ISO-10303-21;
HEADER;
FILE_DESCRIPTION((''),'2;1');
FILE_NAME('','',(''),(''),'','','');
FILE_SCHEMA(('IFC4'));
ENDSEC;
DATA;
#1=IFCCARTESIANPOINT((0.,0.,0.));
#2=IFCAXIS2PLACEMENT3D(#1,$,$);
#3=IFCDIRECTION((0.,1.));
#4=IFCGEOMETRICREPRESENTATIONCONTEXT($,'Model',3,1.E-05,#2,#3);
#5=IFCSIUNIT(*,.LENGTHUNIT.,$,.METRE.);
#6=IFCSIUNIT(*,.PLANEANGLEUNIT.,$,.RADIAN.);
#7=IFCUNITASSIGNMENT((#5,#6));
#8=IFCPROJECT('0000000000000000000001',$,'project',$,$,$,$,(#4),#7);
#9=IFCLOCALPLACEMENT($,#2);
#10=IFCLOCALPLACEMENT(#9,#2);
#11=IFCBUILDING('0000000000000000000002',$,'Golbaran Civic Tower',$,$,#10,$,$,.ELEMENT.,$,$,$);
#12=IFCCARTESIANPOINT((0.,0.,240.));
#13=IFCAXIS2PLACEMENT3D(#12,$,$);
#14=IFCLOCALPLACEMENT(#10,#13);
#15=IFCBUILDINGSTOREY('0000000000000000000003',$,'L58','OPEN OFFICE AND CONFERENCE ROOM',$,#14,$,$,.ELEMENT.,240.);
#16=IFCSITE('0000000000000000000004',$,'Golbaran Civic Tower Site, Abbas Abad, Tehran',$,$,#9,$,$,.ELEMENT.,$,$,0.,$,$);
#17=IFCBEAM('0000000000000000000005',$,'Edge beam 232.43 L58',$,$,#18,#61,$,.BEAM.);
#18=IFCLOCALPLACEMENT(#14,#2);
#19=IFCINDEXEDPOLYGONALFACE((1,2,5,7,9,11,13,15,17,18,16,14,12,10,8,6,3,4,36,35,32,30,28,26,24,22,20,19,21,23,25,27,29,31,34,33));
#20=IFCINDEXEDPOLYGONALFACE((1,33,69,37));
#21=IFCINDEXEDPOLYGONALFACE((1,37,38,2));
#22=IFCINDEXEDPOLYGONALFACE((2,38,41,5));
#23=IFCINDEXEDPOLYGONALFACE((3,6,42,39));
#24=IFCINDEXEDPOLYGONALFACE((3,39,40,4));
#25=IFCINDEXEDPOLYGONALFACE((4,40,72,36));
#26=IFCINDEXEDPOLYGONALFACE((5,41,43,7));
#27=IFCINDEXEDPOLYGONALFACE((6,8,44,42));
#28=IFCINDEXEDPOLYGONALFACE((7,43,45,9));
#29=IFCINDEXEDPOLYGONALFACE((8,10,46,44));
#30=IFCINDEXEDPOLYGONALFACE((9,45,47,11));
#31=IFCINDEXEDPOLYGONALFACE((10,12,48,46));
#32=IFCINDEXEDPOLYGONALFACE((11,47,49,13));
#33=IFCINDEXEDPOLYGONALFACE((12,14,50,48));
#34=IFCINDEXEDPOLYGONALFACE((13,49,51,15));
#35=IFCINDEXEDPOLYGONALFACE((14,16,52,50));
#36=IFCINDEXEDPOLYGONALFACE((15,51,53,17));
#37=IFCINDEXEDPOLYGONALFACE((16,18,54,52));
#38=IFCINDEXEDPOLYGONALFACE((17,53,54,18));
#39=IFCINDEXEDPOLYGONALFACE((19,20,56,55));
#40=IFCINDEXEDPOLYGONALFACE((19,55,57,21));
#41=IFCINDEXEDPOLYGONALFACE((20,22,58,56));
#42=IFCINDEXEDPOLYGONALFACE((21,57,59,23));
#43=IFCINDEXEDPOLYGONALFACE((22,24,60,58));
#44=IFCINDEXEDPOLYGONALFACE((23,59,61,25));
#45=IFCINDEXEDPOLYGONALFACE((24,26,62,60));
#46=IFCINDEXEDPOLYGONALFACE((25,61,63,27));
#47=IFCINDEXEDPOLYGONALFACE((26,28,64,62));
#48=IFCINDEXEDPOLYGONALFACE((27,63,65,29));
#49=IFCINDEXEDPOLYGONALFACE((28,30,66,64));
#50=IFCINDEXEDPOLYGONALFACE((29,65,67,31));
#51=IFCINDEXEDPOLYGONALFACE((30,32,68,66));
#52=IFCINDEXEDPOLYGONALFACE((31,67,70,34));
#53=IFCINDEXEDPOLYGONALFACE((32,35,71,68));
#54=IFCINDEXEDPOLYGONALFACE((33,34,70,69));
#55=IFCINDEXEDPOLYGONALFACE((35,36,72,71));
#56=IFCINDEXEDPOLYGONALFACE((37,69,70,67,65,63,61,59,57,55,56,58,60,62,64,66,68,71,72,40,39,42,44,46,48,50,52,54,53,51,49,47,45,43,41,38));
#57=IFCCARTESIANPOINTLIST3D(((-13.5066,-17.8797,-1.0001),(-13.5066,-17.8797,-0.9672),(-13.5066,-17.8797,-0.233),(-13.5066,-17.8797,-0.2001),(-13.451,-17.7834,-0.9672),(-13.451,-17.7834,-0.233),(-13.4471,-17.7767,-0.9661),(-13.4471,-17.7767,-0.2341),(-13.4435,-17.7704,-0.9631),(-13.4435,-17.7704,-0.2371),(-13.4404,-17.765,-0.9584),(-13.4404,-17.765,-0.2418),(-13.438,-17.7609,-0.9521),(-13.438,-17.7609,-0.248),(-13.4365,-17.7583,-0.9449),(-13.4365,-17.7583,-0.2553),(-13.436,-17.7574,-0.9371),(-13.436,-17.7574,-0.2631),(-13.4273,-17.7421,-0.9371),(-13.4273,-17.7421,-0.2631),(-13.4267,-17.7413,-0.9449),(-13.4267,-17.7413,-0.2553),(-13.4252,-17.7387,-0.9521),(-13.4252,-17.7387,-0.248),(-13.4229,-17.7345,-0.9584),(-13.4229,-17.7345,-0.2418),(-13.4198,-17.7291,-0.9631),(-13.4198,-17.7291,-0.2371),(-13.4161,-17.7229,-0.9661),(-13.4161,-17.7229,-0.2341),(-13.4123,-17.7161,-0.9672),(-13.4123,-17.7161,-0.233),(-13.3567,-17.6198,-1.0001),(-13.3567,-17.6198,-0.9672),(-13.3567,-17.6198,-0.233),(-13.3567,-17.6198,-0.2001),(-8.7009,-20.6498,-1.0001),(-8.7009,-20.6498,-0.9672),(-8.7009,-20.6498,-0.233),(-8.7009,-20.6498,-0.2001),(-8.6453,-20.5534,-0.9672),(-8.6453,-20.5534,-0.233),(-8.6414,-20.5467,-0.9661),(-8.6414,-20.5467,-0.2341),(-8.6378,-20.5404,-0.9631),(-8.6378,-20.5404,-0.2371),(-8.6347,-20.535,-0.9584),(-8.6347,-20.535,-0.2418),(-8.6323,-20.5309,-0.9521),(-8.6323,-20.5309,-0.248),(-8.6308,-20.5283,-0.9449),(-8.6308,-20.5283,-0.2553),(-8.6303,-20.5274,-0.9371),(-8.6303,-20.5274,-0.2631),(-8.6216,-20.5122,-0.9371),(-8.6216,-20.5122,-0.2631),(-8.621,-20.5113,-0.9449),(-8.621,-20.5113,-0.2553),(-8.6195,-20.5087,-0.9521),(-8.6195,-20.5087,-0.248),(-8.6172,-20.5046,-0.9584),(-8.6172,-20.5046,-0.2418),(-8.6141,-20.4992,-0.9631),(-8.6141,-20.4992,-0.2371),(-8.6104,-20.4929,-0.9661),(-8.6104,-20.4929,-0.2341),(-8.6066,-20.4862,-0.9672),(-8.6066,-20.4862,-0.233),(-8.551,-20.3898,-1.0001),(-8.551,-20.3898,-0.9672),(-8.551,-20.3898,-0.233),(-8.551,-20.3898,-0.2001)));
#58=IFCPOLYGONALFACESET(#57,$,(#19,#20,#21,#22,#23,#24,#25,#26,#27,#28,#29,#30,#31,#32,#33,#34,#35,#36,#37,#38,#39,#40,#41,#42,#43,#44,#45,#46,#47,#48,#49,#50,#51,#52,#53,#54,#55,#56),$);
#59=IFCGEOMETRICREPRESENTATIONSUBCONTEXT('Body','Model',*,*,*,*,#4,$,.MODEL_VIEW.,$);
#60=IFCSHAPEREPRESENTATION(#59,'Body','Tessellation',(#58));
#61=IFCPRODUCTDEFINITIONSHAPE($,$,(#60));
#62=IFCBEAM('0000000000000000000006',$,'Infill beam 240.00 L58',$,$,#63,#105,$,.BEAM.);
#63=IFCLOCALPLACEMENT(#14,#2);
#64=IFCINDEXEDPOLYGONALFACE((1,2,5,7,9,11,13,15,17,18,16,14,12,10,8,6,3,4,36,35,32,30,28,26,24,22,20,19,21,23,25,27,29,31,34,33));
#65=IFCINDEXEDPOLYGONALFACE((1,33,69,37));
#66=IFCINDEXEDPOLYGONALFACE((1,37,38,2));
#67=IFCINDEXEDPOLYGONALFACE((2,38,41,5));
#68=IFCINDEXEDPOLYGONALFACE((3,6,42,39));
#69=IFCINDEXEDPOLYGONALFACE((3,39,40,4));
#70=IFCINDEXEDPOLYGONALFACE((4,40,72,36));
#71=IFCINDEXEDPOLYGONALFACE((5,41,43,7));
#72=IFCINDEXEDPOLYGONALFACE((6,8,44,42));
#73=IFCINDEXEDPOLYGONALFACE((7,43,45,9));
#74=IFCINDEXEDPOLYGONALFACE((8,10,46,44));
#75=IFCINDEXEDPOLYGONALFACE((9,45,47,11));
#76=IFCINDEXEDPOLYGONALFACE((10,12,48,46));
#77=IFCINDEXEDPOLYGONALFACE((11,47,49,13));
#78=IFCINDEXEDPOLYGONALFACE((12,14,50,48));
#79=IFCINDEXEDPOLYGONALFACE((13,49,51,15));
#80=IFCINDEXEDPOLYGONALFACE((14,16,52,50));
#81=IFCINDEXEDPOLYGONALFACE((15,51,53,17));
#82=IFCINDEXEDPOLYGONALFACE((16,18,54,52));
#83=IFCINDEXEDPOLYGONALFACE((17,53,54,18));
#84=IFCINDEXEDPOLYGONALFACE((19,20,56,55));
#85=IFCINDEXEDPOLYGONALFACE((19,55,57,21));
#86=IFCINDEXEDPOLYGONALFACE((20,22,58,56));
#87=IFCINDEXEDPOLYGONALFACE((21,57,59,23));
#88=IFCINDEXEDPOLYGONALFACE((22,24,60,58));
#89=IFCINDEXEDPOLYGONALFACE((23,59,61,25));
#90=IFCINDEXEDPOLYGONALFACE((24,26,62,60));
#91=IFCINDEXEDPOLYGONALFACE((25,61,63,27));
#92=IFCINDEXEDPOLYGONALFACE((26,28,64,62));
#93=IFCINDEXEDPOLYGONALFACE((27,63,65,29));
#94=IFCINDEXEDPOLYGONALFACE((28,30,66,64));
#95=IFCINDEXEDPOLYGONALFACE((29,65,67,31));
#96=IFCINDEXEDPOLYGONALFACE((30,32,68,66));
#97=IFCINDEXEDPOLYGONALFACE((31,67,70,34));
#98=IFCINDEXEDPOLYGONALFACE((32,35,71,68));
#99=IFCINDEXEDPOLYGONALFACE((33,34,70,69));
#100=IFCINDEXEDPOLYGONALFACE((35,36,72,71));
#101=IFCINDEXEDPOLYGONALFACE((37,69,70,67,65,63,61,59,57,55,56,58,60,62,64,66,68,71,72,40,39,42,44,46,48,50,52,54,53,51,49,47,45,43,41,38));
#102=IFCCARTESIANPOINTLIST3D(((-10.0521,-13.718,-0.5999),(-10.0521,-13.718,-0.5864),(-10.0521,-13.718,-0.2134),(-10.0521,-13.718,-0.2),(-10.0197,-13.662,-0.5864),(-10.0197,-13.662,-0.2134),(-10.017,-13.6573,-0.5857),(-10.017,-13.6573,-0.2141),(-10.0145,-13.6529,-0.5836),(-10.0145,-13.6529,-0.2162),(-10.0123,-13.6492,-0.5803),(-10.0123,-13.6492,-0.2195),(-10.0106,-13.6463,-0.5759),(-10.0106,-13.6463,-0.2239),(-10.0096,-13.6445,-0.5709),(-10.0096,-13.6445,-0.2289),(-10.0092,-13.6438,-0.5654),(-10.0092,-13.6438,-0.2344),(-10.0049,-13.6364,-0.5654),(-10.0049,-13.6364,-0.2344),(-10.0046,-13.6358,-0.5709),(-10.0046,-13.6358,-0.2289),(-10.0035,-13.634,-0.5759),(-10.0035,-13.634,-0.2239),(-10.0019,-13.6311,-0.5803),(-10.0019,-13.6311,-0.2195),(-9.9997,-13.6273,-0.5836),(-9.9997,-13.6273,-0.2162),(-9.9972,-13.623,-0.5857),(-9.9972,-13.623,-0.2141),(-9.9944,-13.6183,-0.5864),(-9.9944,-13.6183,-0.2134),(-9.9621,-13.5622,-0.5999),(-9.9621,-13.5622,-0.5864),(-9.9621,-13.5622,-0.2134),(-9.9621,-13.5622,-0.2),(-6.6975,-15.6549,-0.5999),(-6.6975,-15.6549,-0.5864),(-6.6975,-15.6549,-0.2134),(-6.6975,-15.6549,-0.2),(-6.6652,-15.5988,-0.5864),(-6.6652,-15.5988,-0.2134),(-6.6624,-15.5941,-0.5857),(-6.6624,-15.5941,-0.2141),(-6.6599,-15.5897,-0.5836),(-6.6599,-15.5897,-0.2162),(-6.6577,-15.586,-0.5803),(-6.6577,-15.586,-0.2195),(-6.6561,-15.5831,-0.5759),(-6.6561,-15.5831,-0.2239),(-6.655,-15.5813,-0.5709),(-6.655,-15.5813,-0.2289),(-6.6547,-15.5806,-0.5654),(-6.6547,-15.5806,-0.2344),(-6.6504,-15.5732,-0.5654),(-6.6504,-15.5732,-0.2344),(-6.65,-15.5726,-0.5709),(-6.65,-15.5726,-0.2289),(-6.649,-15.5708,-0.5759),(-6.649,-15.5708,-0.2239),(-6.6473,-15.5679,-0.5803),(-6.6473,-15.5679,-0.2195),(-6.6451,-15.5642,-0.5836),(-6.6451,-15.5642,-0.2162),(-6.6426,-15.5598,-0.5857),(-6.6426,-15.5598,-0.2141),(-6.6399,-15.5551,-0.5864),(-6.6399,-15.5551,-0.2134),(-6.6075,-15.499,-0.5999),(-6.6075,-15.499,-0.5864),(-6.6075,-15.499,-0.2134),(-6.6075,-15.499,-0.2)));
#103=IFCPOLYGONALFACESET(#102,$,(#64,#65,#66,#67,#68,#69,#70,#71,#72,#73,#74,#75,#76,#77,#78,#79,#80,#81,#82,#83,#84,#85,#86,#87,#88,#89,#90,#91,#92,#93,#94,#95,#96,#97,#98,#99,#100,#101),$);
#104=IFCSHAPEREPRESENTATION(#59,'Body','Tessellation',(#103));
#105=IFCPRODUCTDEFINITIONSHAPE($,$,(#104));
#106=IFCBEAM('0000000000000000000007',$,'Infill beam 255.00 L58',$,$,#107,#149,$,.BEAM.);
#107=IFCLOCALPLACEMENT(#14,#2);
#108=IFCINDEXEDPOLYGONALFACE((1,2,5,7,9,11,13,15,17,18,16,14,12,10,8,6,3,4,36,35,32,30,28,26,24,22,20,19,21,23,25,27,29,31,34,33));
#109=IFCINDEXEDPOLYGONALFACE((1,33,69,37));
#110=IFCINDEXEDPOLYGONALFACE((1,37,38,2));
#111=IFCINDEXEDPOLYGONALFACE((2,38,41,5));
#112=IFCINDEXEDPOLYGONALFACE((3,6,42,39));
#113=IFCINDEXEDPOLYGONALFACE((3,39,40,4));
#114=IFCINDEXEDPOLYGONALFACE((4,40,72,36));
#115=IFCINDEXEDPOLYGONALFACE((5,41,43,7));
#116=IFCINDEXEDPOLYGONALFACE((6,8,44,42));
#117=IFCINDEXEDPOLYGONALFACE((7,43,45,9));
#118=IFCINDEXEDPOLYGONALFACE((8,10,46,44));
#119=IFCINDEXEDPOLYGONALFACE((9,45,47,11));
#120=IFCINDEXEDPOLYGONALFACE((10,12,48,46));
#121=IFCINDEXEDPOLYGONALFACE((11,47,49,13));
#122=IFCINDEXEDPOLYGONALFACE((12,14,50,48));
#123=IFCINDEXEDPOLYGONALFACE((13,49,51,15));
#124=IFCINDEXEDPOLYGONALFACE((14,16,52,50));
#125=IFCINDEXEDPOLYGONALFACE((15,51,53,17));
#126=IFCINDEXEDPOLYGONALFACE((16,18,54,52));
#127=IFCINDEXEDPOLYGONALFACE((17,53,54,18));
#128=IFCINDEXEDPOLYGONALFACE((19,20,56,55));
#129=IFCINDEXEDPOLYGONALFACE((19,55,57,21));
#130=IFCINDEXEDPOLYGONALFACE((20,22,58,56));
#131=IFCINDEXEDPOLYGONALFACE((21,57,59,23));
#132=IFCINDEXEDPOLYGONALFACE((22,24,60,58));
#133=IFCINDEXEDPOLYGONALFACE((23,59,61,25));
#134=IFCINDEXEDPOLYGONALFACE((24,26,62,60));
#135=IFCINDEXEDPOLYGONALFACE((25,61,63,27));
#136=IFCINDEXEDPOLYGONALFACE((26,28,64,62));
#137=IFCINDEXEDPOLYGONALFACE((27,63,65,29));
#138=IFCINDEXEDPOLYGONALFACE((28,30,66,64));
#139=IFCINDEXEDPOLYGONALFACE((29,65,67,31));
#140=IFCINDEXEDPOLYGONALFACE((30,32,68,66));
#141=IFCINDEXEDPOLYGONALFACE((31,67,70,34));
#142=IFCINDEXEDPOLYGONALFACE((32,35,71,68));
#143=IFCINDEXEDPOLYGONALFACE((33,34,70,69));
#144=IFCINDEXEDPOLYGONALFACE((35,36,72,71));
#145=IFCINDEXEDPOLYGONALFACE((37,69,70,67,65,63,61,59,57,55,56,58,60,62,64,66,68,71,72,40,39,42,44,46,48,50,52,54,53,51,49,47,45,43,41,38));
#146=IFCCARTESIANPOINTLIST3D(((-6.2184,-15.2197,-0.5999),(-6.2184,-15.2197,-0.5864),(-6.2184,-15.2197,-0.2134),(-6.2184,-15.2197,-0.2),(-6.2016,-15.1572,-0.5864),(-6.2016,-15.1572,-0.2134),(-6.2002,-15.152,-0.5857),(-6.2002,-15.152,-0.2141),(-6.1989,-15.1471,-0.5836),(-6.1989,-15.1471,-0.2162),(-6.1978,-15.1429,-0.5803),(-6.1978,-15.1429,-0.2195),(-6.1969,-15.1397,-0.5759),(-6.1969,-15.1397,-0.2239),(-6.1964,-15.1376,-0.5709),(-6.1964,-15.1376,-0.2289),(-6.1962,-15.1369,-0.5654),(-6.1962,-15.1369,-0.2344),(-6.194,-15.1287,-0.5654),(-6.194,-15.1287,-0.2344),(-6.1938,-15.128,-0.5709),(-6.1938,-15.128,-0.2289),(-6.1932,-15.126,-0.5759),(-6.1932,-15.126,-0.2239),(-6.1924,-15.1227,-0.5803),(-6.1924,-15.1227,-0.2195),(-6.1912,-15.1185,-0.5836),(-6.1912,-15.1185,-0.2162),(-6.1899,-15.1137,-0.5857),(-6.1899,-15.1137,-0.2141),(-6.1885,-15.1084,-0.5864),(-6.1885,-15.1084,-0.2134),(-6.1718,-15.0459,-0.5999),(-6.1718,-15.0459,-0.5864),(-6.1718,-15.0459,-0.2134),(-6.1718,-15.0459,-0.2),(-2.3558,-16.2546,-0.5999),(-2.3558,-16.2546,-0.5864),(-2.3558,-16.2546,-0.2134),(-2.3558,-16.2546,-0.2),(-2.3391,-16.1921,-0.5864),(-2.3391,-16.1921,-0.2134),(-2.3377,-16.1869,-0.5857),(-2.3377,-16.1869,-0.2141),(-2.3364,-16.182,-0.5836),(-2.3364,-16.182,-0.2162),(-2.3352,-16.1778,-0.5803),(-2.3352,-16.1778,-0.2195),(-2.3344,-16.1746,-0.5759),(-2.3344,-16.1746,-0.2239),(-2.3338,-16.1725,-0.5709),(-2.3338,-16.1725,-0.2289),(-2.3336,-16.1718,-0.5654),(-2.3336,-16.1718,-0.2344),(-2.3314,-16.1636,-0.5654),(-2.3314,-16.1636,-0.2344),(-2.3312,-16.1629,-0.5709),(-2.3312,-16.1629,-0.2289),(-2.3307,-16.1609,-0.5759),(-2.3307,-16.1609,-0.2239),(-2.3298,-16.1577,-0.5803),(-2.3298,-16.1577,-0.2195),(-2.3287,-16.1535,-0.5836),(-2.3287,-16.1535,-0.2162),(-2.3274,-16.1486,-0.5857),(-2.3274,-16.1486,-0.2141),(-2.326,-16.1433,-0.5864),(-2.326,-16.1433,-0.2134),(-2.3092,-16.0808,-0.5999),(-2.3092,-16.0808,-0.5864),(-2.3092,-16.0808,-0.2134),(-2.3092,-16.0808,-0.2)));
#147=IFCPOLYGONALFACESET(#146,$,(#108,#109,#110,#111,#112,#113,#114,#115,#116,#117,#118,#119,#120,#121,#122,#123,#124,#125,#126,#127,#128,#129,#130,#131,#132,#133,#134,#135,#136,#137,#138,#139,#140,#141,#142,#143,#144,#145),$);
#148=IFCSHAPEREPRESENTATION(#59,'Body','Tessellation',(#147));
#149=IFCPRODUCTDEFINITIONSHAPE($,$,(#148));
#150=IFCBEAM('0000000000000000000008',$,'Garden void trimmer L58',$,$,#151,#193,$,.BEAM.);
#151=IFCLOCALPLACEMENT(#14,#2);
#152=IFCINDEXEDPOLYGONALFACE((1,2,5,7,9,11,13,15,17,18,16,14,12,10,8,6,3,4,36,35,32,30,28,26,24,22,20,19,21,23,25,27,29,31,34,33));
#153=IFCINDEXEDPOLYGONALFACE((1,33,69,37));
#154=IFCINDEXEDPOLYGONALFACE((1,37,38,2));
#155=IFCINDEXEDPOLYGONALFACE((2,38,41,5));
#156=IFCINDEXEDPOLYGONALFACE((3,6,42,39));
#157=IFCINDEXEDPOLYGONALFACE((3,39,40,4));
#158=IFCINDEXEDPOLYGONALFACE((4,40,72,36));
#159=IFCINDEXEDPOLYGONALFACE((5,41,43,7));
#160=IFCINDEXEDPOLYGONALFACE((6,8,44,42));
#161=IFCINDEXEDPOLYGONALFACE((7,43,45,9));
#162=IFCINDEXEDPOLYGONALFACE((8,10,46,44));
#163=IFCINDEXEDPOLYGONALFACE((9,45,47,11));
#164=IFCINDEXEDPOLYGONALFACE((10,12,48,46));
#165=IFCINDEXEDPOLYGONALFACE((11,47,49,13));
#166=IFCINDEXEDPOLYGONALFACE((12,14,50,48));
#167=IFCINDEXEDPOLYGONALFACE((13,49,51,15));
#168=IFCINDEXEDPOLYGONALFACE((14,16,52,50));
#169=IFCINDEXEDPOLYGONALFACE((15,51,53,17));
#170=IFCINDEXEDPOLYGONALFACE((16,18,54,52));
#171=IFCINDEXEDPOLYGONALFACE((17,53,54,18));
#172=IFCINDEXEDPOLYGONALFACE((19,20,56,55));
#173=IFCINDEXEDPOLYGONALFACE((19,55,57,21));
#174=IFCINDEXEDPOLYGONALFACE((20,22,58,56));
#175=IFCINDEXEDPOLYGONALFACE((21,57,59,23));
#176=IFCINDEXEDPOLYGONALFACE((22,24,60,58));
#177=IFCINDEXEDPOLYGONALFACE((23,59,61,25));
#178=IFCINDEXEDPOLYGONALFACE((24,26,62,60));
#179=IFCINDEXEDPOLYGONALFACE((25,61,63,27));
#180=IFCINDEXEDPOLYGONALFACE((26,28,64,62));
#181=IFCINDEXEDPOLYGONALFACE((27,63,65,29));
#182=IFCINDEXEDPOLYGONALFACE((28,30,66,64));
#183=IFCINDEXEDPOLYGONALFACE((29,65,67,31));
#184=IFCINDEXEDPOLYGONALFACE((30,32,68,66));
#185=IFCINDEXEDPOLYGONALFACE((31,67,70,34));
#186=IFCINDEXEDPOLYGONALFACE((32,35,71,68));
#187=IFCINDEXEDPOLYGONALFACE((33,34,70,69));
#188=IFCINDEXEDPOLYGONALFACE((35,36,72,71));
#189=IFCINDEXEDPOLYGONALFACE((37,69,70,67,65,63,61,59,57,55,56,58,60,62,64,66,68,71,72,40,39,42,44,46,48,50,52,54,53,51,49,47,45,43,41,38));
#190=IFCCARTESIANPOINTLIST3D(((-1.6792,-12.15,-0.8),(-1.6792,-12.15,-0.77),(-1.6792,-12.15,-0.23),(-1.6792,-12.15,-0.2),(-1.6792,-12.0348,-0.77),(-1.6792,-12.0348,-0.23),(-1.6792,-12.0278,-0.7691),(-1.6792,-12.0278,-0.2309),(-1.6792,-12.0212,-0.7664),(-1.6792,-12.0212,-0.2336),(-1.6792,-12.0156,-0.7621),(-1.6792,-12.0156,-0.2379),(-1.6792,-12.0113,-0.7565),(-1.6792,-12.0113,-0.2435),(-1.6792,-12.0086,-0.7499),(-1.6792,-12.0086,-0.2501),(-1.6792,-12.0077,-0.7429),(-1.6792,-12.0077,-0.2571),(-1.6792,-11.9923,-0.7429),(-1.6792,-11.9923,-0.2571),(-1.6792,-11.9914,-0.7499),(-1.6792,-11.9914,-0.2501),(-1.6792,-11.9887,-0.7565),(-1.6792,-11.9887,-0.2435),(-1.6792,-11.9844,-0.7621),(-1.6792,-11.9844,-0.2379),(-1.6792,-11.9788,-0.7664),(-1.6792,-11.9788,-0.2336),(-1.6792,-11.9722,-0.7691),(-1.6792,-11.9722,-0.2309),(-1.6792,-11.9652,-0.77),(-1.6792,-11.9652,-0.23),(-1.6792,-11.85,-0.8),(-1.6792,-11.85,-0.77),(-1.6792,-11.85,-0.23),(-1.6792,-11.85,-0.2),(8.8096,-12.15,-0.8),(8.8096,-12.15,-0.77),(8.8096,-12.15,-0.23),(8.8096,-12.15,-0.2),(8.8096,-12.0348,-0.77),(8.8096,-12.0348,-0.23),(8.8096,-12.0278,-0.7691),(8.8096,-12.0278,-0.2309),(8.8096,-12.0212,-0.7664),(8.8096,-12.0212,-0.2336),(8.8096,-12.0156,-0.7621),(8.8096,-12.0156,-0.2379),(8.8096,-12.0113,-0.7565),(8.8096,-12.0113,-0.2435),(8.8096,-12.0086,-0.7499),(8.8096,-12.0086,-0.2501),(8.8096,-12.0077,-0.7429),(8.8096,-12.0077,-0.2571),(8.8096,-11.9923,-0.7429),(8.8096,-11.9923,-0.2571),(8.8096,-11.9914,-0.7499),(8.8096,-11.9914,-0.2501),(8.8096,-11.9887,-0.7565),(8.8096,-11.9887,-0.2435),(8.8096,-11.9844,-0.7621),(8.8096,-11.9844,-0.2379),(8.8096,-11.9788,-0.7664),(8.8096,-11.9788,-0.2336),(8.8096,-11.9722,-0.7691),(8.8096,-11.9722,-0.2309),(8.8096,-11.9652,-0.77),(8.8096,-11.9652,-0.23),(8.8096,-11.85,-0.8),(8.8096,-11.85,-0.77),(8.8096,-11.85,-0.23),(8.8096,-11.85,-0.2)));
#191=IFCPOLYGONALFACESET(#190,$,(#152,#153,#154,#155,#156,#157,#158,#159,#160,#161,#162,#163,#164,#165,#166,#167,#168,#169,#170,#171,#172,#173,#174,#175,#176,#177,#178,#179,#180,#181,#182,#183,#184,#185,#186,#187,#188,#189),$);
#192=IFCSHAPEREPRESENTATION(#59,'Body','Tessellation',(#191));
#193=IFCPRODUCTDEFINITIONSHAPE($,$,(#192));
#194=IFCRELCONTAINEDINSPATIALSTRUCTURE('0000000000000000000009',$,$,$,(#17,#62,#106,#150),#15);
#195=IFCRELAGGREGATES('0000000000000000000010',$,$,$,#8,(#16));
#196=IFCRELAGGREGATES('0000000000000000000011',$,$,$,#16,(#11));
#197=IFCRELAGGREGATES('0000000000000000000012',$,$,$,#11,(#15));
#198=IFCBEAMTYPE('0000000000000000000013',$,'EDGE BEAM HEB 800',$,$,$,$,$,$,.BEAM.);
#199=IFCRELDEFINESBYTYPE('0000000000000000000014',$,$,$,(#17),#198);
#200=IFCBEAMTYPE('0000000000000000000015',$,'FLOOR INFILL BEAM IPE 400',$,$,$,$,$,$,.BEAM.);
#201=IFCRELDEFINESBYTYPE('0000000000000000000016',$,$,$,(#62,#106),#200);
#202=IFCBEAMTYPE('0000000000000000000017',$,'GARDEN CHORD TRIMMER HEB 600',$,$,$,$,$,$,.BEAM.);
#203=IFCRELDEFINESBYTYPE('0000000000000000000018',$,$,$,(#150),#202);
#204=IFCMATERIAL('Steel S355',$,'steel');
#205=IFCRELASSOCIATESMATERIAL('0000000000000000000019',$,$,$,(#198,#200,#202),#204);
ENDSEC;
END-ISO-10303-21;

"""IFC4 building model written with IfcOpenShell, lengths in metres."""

from ifc_helpers import new_model, si_unit, direction, frame, origin, origin_2d, place, context, subcontext, project, spatial, i_section, extrude, material, material_profile, profile_set, type_object, element, save


model = new_model("IFC4")

# Units and contexts
model_context = context("Model", 3, precision=1e-05, world=origin(), true_north=direction((0.0, 1.0)))
body_context = subcontext(model_context, "Body", "Model", "MODEL_VIEW")
ifc_project = project(units=[si_unit("LENGTHUNIT", "METRE"), si_unit("PLANEANGLEUNIT", "RADIAN")], contexts=[model_context])

# Site, building, storey
site_placement = place(None, origin())
site = spatial("IfcSite", under=ifc_project, at=site_placement, Name="Golbaran Civic Tower Site, Abbas Abad, Tehran", CompositionType="ELEMENT", RefElevation=0.0)
building_placement = place(site_placement, origin())
building = spatial("IfcBuilding", under=site, at=building_placement, Name="Golbaran Civic Tower", CompositionType="ELEMENT")
storey_placement = place(building_placement, frame((0.0, 0.0, 240.0)))
storey = spatial("IfcBuildingStorey", under=building, at=storey_placement, Name="L58", Description="OPEN OFFICE AND CONFERENCE ROOM", CompositionType="ELEMENT", Elevation=240.0)

# Beams
ifc_material_1 = material(Name="Steel S355", Category="steel")
ifc_material_profile_1 = material_profile(ifc_material_1, i_section(OverallWidth=0.3, OverallDepth=0.8, WebThickness=0.0176, FlangeThickness=0.033, FilletRadius=0.03, at=origin_2d()), Name="HEB 800")
ifc_profile_set_1 = profile_set([ifc_material_profile_1], Name="Steel S355")
beam_type_1 = type_object("IfcBeamType", Name="EDGE BEAM HEB 800", PredefinedType="BEAM", material=ifc_profile_set_1)
beam_1_placement = place(storey_placement, frame((-13.4316, -17.7498, -0.6001), z_axis=(0.866379, -0.499387, 0.0), x_axis=(0.499387, 0.866379, 0.0)))
element("IfcBeam", 1, at=beam_1_placement, inside=storey, type_object=beam_type_1, Name="Edge beam 232.43 L58", PredefinedType="BEAM", context=body_context, shape_type="SweptSolid", body=[
    extrude(i_section(OverallWidth=0.3, OverallDepth=0.8, WebThickness=0.0176, FlangeThickness=0.033, FilletRadius=0.03, at=origin_2d()), origin(), (0.0, 0.0, 1.0), 5.5469),
])
ifc_material_profile_2 = material_profile(ifc_material_1, i_section(OverallWidth=0.1799, OverallDepth=0.3999, WebThickness=0.0085, FlangeThickness=0.0134, FilletRadius=0.021, at=origin_2d()), Name="IPE 400")
ifc_profile_set_2 = profile_set([ifc_material_profile_2], Name="Steel S355")
beam_type_2 = type_object("IfcBeamType", Name="FLOOR INFILL BEAM IPE 400", PredefinedType="BEAM", material=ifc_profile_set_2)
beam_2_placement = place(storey_placement, frame((-10.0071, -13.6401, -0.3999), z_axis=(0.86602, -0.50001, 0.0), x_axis=(0.50001, 0.86602, 0.0)))
element("IfcBeam", 2, at=beam_2_placement, inside=storey, type_object=beam_type_2, Name="Infill beam 240.00 L58", PredefinedType="BEAM", context=body_context, shape_type="SweptSolid", body=[
    extrude(i_section(OverallWidth=0.1799, OverallDepth=0.3999, WebThickness=0.0085, FlangeThickness=0.0134, FilletRadius=0.021, at=origin_2d()), origin(), (0.0, 0.0, 1.0), 3.8735),
])
beam_3_placement = place(storey_placement, frame((-6.1951, -15.1328, -0.3999), z_axis=(0.965929, -0.258806, 0.0), x_axis=(0.258806, 0.965929, 0.0)))
element("IfcBeam", 3, at=beam_3_placement, inside=storey, type_object=beam_type_2, Name="Infill beam 255.00 L58", PredefinedType="BEAM", context=body_context, shape_type="SweptSolid", body=[
    extrude(i_section(OverallWidth=0.1799, OverallDepth=0.3999, WebThickness=0.0085, FlangeThickness=0.0134, FilletRadius=0.021, at=origin_2d()), origin(), (0.0, 0.0, 1.0), 3.9988),
])
ifc_material_profile_3 = material_profile(ifc_material_1, i_section(OverallWidth=0.3, OverallDepth=0.6001, WebThickness=0.0154, FlangeThickness=0.03, FilletRadius=0.0271, at=origin_2d()), Name="HEB 600")
ifc_profile_set_3 = profile_set([ifc_material_profile_3], Name="Steel S355")
beam_type_3 = type_object("IfcBeamType", Name="GARDEN CHORD TRIMMER HEB 600", PredefinedType="BEAM", material=ifc_profile_set_3)
beam_4_placement = place(storey_placement, frame((-1.6792, -12.0, -0.5), z_axis=(1.0, 0.0, 0.0), x_axis=(0.0, 1.0, 0.0)))
element("IfcBeam", 4, at=beam_4_placement, inside=storey, type_object=beam_type_3, Name="Garden void trimmer L58", PredefinedType="BEAM", context=body_context, shape_type="SweptSolid", body=[
    extrude(i_section(OverallWidth=0.3, OverallDepth=0.6001, WebThickness=0.0154, FlangeThickness=0.03, FilletRadius=0.0271, at=origin_2d()), origin(), (0.0, 0.0, 1.0), 10.4888),
])

save(model, "model.ifc")
